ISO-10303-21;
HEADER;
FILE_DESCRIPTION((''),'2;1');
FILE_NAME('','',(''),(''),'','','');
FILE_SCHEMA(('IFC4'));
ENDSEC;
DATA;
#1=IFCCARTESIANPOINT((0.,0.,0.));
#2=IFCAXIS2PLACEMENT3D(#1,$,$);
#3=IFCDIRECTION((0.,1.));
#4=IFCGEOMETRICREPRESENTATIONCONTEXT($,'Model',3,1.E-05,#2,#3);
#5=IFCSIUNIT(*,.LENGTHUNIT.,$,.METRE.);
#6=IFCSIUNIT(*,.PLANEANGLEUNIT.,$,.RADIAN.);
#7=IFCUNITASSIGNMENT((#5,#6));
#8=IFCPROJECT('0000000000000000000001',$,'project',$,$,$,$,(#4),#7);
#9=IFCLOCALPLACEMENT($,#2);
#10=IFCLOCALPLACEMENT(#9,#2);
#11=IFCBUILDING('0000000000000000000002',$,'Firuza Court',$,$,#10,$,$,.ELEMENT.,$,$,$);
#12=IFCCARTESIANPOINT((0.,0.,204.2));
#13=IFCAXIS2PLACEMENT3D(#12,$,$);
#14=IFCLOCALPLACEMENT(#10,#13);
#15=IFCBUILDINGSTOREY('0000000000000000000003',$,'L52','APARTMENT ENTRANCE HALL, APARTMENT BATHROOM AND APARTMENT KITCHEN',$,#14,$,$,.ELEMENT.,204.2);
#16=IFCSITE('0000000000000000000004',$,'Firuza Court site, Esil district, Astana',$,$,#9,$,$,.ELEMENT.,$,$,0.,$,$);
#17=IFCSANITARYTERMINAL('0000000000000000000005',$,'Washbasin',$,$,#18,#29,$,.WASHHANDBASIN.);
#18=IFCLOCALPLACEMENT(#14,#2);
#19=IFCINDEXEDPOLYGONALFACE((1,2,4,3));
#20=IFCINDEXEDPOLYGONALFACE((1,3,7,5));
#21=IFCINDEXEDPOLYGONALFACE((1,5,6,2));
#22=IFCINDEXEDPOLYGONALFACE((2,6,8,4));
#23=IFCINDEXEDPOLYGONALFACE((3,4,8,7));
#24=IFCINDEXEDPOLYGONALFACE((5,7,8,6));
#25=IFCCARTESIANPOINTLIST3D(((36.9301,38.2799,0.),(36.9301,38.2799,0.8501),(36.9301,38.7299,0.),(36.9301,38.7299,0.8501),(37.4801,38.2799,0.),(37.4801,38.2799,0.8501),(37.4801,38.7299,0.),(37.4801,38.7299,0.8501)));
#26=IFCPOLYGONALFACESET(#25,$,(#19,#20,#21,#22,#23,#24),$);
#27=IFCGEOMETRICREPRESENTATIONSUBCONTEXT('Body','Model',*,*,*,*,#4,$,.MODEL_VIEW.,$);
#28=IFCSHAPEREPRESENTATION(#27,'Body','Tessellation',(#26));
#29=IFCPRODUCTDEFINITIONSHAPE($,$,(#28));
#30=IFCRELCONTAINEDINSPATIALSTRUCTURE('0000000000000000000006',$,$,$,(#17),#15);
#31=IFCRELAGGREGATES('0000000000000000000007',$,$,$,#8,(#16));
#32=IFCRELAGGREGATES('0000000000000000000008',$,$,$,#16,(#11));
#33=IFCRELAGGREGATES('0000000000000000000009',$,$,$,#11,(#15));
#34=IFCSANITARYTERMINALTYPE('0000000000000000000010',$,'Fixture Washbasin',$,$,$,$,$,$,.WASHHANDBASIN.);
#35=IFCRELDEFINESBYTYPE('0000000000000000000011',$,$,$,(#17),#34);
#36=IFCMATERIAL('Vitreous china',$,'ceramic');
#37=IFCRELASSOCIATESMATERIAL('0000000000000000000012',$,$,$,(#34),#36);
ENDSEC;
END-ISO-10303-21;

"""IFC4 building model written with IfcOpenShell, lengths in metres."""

from ifc_helpers import new_model, si_unit, direction, frame, origin, origin_2d, place, context, subcontext, project, spatial, rectangle, extrude, material, type_object, element, save


model = new_model("IFC4")

# Units and contexts
model_context = context("Model", 3, precision=1e-05, world=origin(), true_north=direction((0.0, 1.0)))
body_context = subcontext(model_context, "Body", "Model", "MODEL_VIEW")
ifc_project = project(units=[si_unit("LENGTHUNIT", "METRE"), si_unit("PLANEANGLEUNIT", "RADIAN")], contexts=[model_context])

# Site, building, storey
site_placement = place(None, origin())
site = spatial("IfcSite", under=ifc_project, at=site_placement, Name="Firuza Court site, Esil district, Astana", CompositionType="ELEMENT", RefElevation=0.0)
building_placement = place(site_placement, origin())
building = spatial("IfcBuilding", under=site, at=building_placement, Name="Firuza Court", CompositionType="ELEMENT")
storey_placement = place(building_placement, frame((0.0, 0.0, 204.2)))
storey = spatial("IfcBuildingStorey", under=building, at=storey_placement, Name="L52", Description="APARTMENT ENTRANCE HALL, APARTMENT BATHROOM AND APARTMENT KITCHEN", CompositionType="ELEMENT", Elevation=204.2)

# Sanitary terminal
ifc_material_1 = material(Name="Vitreous china", Category="ceramic")
sanitary_terminal_type_1 = type_object("IfcSanitaryTerminalType", Name="Fixture Washbasin", PredefinedType="WASHHANDBASIN", material=ifc_material_1)
for number, where, z_axis, x_axis, name in (
    (1, (37.2051, 38.5049, 0.0), (0.0, 0.0, 1.0), (1.0, 0.0, 0.0), "Washbasin"),
):
    element("IfcSanitaryTerminal", number, at=place(storey_placement, frame(where, z_axis=z_axis, x_axis=x_axis)), inside=storey, type_object=sanitary_terminal_type_1, Name=name, PredefinedType="WASHHANDBASIN", context=body_context, shape_type="SweptSolid", body=[
        extrude(rectangle(XDim=0.55, YDim=0.45, at=origin_2d()), origin(), (0.0, 0.0, 1.0), 0.8501),
    ])

save(model, "model.ifc")
